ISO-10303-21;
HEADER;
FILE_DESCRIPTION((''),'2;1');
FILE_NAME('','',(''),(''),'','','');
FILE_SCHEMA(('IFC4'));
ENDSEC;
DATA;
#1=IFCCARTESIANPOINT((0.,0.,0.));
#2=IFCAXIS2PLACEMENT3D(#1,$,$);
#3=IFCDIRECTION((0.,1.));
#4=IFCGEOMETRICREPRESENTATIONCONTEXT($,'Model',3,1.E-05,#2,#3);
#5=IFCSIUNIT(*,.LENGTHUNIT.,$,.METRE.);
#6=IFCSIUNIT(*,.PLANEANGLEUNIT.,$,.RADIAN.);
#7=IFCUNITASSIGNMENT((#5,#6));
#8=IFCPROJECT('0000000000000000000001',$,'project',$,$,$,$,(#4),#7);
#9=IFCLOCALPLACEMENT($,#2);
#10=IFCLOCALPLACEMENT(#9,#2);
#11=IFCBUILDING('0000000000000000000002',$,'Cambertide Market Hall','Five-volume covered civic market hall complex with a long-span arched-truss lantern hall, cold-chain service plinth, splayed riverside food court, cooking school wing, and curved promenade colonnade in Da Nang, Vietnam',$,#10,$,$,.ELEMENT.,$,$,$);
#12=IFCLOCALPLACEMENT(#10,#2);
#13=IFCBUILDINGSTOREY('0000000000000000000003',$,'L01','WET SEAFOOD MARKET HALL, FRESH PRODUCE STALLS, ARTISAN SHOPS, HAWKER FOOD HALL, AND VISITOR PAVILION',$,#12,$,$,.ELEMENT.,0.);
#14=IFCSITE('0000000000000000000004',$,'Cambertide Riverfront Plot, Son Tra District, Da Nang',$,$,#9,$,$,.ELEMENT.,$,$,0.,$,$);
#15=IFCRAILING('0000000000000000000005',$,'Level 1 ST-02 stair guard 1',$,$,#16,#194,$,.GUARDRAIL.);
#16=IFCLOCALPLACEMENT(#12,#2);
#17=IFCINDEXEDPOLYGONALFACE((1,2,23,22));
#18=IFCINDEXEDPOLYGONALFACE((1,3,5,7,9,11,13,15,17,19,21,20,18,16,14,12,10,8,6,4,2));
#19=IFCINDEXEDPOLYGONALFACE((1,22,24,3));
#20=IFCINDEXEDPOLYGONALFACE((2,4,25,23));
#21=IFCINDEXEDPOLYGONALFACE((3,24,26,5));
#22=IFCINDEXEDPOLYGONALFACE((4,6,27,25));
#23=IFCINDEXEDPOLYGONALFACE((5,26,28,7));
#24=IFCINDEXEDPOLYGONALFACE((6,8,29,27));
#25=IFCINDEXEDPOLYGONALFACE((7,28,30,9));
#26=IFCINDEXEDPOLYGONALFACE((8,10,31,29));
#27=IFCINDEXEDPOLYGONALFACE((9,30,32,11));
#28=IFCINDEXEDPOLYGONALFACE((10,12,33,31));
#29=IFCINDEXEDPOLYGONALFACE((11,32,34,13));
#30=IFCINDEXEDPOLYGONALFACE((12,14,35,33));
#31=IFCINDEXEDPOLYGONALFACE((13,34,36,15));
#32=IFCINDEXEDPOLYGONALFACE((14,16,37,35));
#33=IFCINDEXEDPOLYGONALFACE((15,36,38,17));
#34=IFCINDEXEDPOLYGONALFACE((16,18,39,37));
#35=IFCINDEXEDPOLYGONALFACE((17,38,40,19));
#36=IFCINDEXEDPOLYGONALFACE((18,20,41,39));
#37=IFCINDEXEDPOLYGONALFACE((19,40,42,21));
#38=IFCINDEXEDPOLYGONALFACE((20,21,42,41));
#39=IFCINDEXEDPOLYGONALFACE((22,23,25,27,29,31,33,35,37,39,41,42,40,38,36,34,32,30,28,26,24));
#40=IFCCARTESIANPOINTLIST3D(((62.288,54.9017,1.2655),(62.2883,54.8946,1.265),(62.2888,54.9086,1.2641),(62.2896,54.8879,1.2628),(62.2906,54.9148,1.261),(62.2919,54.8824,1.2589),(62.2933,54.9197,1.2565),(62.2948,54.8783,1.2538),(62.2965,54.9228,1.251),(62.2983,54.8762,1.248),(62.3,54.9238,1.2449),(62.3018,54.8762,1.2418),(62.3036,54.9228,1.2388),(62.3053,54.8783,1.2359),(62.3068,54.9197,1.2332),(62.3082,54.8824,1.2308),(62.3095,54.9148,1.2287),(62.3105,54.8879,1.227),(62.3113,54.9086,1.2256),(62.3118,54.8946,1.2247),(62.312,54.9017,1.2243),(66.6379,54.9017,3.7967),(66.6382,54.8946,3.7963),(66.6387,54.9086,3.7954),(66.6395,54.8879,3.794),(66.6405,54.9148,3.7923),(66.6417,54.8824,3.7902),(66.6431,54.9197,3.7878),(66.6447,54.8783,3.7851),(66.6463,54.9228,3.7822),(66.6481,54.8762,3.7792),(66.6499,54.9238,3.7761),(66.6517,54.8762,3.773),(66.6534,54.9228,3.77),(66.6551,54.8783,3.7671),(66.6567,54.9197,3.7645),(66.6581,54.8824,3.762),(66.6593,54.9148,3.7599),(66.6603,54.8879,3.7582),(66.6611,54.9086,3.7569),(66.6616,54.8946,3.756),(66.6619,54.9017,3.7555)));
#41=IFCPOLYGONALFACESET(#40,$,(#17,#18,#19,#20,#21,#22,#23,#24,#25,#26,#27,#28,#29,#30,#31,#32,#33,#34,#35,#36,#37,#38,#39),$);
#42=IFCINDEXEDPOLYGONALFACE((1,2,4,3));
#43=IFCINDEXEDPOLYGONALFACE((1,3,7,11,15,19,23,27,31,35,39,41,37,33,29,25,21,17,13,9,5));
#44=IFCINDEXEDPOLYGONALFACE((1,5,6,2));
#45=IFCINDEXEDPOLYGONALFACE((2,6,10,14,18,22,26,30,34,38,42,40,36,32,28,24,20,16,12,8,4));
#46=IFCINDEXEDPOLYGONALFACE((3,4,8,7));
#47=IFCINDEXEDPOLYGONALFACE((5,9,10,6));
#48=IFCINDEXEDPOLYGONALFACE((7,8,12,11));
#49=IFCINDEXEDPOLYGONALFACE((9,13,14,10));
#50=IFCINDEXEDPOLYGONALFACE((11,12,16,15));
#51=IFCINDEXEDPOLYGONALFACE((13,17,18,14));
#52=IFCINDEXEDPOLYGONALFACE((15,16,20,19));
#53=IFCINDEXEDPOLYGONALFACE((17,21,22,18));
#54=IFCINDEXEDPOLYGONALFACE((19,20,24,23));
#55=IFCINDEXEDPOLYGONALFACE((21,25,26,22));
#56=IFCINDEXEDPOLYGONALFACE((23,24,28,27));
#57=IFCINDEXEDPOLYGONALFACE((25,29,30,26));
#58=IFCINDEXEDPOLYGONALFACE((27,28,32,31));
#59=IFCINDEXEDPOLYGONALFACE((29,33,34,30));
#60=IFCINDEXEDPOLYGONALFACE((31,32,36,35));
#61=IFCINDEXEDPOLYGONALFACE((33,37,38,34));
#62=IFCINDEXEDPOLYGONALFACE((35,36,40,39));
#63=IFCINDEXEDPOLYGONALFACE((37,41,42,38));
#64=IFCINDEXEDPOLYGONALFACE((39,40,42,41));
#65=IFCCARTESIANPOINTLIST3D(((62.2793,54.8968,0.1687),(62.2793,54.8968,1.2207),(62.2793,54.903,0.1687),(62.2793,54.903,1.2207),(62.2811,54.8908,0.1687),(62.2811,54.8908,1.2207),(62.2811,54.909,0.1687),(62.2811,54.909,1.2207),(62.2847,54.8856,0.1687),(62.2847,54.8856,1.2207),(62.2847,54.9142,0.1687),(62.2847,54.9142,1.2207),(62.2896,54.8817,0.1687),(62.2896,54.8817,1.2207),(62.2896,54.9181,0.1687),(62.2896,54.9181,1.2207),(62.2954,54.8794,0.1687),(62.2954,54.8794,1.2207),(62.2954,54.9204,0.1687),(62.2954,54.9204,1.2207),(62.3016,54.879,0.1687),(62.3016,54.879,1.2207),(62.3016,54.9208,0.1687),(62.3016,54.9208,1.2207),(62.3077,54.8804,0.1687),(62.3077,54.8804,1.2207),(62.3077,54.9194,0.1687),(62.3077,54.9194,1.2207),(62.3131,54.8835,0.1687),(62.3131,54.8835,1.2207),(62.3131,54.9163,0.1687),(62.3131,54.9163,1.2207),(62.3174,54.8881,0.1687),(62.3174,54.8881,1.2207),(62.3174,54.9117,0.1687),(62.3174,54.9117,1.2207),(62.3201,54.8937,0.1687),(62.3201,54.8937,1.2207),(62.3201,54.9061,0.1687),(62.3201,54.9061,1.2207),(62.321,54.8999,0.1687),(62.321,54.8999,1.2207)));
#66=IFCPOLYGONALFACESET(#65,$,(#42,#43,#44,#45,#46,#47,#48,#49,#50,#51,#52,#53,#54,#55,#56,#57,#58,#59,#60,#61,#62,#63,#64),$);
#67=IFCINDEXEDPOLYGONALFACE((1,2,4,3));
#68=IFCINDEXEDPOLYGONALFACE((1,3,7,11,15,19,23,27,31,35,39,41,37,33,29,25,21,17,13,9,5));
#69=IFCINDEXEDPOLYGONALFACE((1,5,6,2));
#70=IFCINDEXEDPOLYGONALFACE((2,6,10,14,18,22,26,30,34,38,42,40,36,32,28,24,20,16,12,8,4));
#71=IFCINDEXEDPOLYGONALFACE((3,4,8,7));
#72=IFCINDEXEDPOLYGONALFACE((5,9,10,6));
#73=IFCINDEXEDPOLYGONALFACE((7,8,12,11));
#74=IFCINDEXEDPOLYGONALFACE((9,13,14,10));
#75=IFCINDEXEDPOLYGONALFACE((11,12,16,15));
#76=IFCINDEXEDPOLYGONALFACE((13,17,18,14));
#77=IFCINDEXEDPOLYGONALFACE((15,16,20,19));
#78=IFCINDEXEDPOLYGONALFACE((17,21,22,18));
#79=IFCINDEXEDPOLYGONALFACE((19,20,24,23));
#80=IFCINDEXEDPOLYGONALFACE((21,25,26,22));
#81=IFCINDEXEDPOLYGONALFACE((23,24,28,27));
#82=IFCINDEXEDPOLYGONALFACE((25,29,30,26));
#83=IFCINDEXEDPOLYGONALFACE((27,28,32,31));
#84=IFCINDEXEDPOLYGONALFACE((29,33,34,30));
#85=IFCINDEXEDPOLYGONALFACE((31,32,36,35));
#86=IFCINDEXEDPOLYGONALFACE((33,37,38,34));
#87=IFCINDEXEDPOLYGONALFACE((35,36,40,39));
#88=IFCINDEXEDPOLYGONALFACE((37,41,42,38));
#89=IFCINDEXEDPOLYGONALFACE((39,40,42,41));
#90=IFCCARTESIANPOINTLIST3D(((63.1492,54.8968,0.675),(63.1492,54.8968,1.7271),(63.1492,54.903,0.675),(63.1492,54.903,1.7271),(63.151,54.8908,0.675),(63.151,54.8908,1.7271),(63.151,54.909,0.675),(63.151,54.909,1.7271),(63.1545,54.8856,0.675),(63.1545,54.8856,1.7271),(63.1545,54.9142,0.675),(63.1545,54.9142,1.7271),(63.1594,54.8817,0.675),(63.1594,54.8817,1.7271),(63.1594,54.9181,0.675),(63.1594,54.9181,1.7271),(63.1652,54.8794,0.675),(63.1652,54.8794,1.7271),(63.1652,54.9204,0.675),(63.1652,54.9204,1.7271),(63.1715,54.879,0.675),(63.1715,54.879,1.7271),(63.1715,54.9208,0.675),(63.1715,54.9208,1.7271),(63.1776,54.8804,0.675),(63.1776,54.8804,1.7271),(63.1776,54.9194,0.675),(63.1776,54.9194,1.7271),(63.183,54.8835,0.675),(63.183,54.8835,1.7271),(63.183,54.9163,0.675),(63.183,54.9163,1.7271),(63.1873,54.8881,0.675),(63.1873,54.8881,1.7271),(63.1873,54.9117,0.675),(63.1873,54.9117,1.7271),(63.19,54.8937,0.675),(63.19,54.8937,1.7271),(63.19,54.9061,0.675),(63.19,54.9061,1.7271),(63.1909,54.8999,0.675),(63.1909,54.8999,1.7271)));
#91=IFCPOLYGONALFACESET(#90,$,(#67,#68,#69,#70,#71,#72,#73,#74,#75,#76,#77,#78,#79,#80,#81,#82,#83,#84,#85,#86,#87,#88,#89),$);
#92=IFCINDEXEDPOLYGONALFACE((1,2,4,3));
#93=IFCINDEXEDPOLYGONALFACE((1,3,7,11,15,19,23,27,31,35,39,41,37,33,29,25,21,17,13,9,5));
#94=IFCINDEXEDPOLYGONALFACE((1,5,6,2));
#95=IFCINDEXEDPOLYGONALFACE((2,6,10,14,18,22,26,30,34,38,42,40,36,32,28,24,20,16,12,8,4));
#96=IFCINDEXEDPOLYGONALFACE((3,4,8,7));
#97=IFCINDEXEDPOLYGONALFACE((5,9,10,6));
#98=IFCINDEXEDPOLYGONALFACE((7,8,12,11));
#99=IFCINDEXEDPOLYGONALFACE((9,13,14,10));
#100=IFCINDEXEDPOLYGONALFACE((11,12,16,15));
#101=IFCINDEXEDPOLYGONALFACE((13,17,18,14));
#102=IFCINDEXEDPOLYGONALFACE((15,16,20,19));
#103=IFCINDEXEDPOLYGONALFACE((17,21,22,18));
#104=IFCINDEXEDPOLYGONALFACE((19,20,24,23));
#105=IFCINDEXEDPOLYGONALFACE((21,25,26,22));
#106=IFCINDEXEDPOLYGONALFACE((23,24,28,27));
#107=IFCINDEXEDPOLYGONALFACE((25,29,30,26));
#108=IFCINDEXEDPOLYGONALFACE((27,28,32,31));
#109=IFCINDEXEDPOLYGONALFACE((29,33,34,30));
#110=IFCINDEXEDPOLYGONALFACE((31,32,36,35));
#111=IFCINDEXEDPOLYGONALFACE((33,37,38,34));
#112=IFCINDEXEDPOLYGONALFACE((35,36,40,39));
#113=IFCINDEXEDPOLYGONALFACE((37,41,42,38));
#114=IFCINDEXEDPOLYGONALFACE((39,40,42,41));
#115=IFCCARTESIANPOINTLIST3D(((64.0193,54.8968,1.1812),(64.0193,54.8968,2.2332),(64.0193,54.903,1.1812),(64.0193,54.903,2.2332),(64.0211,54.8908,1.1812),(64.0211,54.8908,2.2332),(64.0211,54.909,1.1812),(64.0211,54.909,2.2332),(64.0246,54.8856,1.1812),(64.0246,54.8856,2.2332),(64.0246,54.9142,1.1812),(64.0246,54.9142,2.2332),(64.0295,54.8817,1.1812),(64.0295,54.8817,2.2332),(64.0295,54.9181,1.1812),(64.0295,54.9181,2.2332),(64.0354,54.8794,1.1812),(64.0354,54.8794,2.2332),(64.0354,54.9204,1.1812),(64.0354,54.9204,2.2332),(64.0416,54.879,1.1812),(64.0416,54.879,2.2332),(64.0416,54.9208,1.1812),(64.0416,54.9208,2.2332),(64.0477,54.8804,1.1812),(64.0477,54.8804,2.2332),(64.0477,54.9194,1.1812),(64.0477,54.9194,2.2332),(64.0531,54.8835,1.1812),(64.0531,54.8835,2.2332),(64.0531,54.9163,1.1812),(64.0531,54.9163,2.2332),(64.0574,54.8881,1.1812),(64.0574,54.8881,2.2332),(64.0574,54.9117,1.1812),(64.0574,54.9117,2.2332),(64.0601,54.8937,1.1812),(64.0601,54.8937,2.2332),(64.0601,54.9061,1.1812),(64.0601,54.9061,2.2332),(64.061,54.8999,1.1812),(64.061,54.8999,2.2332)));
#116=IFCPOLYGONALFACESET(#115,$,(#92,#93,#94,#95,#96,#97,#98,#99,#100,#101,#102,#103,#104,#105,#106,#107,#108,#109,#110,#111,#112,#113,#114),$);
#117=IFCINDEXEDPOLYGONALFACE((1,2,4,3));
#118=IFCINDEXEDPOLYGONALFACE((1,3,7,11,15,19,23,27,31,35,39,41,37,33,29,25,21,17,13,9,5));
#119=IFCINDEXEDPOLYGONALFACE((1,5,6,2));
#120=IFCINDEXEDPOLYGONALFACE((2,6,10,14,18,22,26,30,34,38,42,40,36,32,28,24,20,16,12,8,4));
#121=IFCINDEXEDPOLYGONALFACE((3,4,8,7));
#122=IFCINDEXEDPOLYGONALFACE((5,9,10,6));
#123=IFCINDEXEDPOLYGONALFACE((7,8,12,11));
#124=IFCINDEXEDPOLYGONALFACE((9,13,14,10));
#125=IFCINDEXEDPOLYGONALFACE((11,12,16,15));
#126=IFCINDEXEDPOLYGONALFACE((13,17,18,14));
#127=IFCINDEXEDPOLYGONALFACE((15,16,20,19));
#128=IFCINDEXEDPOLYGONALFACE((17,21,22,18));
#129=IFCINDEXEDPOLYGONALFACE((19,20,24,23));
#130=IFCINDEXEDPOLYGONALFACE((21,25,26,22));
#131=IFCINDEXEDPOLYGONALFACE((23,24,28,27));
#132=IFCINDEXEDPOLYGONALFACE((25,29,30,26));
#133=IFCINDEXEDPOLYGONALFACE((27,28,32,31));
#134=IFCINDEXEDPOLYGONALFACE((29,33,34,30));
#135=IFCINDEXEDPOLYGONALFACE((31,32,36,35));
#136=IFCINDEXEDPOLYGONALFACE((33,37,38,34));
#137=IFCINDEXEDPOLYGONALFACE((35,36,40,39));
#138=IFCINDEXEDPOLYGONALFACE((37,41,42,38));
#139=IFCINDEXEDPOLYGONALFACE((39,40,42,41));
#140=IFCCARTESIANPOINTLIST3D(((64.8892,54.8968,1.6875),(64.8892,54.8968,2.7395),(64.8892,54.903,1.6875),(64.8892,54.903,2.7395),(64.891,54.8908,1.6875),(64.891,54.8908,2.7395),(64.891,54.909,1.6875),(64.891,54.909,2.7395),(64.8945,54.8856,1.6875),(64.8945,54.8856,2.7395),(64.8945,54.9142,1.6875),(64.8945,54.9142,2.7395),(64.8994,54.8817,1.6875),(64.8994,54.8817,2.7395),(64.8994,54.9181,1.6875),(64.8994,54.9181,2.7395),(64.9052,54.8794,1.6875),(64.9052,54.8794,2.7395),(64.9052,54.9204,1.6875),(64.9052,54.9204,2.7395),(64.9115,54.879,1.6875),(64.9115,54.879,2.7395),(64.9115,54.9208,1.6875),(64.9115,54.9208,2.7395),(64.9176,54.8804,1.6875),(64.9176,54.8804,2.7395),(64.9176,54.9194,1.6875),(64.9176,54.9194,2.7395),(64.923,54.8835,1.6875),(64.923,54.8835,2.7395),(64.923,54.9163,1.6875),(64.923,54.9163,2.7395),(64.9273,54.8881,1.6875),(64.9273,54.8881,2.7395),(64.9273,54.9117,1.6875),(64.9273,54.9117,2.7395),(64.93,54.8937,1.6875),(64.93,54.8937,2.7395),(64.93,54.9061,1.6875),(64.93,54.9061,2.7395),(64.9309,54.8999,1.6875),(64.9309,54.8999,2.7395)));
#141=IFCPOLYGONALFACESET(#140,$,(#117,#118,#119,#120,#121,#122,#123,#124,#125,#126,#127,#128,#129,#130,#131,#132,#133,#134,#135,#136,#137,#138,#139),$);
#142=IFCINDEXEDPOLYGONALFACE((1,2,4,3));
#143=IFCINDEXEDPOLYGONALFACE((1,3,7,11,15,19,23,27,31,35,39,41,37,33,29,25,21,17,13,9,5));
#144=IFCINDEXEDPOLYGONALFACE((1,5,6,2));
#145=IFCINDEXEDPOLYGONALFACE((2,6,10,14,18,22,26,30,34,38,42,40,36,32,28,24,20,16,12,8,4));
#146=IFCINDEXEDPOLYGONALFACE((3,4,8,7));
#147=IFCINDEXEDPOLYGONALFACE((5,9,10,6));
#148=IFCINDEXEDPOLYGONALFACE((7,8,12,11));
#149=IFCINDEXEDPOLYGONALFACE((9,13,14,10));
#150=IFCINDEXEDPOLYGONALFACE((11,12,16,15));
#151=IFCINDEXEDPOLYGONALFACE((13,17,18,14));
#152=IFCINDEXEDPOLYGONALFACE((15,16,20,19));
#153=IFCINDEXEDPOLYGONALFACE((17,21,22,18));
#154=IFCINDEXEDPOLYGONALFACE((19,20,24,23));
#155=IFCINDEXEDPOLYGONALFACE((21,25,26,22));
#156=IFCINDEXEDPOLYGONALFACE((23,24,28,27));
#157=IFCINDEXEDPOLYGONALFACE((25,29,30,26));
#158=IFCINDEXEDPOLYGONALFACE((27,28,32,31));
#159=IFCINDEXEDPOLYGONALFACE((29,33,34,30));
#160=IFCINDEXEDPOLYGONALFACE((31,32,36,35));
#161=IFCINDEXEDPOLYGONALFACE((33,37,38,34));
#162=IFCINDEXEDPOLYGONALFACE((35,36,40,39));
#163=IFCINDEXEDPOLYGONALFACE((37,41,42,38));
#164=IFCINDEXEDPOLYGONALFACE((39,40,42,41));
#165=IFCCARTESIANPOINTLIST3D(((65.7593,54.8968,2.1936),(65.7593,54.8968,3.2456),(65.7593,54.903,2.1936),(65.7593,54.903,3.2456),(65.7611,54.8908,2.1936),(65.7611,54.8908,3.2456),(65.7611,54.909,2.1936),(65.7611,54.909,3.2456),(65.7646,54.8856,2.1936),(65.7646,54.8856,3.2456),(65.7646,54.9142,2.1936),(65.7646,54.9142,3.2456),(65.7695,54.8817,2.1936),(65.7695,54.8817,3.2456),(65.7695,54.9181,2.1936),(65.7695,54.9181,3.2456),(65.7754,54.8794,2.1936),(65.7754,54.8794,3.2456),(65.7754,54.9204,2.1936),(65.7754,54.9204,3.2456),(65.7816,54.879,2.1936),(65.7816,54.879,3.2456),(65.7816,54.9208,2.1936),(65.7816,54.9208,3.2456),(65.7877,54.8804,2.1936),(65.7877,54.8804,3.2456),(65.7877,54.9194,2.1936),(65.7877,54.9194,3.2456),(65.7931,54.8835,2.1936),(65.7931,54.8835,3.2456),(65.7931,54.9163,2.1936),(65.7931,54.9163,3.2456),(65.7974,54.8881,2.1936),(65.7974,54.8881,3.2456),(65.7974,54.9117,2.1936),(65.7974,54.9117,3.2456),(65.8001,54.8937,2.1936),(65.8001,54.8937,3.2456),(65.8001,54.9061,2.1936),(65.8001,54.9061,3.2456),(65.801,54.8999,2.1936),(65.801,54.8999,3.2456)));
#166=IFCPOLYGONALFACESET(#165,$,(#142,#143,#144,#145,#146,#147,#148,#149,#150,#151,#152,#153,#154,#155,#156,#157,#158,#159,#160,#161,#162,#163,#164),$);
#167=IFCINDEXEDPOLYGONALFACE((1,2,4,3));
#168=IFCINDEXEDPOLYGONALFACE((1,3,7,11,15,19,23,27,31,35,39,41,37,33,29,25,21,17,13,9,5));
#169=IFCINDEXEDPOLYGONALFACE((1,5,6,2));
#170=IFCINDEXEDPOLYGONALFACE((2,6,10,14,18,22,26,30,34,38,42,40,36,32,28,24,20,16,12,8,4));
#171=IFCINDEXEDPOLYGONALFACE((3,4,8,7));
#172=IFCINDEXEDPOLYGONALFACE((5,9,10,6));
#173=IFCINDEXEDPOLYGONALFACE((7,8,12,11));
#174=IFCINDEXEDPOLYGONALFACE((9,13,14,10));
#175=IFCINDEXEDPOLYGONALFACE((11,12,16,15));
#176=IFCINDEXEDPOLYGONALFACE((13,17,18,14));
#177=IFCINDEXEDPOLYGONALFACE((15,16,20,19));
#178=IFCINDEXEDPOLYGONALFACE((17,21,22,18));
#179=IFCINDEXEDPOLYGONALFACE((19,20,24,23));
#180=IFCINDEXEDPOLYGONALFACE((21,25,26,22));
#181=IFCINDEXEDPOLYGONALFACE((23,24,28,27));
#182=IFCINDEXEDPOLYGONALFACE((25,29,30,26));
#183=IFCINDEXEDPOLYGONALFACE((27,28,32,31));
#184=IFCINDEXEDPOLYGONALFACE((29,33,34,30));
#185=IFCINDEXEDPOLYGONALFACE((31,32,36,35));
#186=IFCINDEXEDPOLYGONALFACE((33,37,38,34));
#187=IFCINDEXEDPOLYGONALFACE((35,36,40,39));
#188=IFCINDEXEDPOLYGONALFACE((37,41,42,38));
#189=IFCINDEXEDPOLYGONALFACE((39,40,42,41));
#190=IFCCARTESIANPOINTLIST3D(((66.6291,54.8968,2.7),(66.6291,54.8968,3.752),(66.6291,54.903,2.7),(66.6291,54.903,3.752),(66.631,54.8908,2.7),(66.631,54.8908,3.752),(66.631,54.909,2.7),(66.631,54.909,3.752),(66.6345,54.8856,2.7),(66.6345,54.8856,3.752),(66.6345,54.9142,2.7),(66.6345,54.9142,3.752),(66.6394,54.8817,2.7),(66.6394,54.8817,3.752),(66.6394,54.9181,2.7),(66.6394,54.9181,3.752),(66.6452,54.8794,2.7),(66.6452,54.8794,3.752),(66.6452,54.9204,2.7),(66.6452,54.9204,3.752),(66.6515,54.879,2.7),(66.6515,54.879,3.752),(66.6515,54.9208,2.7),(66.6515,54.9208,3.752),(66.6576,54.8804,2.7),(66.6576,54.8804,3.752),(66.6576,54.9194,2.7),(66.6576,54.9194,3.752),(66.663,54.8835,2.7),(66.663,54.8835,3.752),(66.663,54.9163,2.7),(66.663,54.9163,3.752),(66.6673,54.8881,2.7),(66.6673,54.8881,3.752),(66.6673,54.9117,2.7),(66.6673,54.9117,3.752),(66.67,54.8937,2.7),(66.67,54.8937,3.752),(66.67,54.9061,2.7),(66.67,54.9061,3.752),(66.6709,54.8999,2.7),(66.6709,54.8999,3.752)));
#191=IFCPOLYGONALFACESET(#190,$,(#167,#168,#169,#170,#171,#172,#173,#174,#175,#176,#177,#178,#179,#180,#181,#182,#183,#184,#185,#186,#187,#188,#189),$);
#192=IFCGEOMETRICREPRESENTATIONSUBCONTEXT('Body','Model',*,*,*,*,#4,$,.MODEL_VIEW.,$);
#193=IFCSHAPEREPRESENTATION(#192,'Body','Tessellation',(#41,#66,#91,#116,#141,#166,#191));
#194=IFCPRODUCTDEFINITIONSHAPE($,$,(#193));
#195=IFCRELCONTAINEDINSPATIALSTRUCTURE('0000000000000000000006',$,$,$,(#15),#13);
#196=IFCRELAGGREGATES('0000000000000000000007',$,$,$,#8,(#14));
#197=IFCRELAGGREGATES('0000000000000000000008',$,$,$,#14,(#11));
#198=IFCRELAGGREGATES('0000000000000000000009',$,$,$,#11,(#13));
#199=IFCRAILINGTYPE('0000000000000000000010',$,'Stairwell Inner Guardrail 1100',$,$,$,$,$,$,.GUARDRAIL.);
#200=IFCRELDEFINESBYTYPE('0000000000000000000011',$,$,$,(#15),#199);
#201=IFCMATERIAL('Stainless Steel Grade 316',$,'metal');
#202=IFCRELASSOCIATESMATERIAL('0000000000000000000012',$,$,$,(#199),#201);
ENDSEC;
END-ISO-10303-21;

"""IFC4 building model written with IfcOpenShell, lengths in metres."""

from ifc_helpers import new_model, si_unit, direction, frame, origin, origin_2d, place, context, subcontext, project, spatial, circle, extrude, material, type_object, element, save


model = new_model("IFC4")

# Units and contexts
model_context = context("Model", 3, precision=1e-05, world=origin(), true_north=direction((0.0, 1.0)))
body_context = subcontext(model_context, "Body", "Model", "MODEL_VIEW")
ifc_project = project(units=[si_unit("LENGTHUNIT", "METRE"), si_unit("PLANEANGLEUNIT", "RADIAN")], contexts=[model_context])

# Site, building, storey
site_placement = place(None, origin())
site = spatial("IfcSite", under=ifc_project, at=site_placement, Name="Cambertide Riverfront Plot, Son Tra District, Da Nang", CompositionType="ELEMENT", RefElevation=0.0)
building_placement = place(site_placement, origin())
building = spatial("IfcBuilding", under=site, at=building_placement, Name="Cambertide Market Hall", Description="Five-volume covered civic market hall complex with a long-span arched-truss lantern hall, cold-chain service plinth, splayed riverside food court, cooking school wing, and curved promenade colonnade in Da Nang, Vietnam", CompositionType="ELEMENT")
storey_placement = place(building_placement, origin())
storey = spatial("IfcBuildingStorey", under=building, at=storey_placement, Name="L01", Description="WET SEAFOOD MARKET HALL, FRESH PRODUCE STALLS, ARTISAN SHOPS, HAWKER FOOD HALL, AND VISITOR PAVILION", CompositionType="ELEMENT", Elevation=0.0)

# Railing
ifc_material_1 = material(Name="Stainless Steel Grade 316", Category="metal")
railing_type_1 = type_object("IfcRailingType", Name="Stairwell Inner Guardrail 1100", PredefinedType="GUARDRAIL", material=ifc_material_1)
railing_1_placement = place(storey_placement, frame((62.3, 54.8999, 0.1687)))
element("IfcRailing", 1, at=railing_1_placement, inside=storey, type_object=railing_type_1, Name="Level 1 ST-02 stair guard 1", PredefinedType="GUARDRAIL", context=body_context, shape_type="SweptSolid", body=[
    extrude(circle(Radius=0.0239, at=origin_2d()), frame((0.0, 0.0, 1.0762), z_axis=(0.864312, 0.0, 0.502957), x_axis=(0.0, 1.0, 0.0)), (0.0, 0.0, 1.0), 5.0327),
    extrude(circle(Radius=0.021, at=origin_2d()), origin(), (0.0, 0.0, 1.0), 1.052),
    extrude(circle(Radius=0.021, at=origin_2d()), frame((0.8699, 0.0, 0.5063)), (0.0, 0.0, 1.0), 1.052),
    extrude(circle(Radius=0.021, at=origin_2d()), frame((1.74, 0.0, 1.0125)), (0.0, 0.0, 1.0), 1.052),
    extrude(circle(Radius=0.021, at=origin_2d()), frame((2.6099, 0.0, 1.5188)), (0.0, 0.0, 1.0), 1.052),
    extrude(circle(Radius=0.021, at=origin_2d()), frame((3.48, 0.0, 2.0249)), (0.0, 0.0, 1.0), 1.052),
    extrude(circle(Radius=0.021, at=origin_2d()), frame((4.3499, 0.0, 2.5312)), (0.0, 0.0, 1.0), 1.052),
])

save(model, "model.ifc")
